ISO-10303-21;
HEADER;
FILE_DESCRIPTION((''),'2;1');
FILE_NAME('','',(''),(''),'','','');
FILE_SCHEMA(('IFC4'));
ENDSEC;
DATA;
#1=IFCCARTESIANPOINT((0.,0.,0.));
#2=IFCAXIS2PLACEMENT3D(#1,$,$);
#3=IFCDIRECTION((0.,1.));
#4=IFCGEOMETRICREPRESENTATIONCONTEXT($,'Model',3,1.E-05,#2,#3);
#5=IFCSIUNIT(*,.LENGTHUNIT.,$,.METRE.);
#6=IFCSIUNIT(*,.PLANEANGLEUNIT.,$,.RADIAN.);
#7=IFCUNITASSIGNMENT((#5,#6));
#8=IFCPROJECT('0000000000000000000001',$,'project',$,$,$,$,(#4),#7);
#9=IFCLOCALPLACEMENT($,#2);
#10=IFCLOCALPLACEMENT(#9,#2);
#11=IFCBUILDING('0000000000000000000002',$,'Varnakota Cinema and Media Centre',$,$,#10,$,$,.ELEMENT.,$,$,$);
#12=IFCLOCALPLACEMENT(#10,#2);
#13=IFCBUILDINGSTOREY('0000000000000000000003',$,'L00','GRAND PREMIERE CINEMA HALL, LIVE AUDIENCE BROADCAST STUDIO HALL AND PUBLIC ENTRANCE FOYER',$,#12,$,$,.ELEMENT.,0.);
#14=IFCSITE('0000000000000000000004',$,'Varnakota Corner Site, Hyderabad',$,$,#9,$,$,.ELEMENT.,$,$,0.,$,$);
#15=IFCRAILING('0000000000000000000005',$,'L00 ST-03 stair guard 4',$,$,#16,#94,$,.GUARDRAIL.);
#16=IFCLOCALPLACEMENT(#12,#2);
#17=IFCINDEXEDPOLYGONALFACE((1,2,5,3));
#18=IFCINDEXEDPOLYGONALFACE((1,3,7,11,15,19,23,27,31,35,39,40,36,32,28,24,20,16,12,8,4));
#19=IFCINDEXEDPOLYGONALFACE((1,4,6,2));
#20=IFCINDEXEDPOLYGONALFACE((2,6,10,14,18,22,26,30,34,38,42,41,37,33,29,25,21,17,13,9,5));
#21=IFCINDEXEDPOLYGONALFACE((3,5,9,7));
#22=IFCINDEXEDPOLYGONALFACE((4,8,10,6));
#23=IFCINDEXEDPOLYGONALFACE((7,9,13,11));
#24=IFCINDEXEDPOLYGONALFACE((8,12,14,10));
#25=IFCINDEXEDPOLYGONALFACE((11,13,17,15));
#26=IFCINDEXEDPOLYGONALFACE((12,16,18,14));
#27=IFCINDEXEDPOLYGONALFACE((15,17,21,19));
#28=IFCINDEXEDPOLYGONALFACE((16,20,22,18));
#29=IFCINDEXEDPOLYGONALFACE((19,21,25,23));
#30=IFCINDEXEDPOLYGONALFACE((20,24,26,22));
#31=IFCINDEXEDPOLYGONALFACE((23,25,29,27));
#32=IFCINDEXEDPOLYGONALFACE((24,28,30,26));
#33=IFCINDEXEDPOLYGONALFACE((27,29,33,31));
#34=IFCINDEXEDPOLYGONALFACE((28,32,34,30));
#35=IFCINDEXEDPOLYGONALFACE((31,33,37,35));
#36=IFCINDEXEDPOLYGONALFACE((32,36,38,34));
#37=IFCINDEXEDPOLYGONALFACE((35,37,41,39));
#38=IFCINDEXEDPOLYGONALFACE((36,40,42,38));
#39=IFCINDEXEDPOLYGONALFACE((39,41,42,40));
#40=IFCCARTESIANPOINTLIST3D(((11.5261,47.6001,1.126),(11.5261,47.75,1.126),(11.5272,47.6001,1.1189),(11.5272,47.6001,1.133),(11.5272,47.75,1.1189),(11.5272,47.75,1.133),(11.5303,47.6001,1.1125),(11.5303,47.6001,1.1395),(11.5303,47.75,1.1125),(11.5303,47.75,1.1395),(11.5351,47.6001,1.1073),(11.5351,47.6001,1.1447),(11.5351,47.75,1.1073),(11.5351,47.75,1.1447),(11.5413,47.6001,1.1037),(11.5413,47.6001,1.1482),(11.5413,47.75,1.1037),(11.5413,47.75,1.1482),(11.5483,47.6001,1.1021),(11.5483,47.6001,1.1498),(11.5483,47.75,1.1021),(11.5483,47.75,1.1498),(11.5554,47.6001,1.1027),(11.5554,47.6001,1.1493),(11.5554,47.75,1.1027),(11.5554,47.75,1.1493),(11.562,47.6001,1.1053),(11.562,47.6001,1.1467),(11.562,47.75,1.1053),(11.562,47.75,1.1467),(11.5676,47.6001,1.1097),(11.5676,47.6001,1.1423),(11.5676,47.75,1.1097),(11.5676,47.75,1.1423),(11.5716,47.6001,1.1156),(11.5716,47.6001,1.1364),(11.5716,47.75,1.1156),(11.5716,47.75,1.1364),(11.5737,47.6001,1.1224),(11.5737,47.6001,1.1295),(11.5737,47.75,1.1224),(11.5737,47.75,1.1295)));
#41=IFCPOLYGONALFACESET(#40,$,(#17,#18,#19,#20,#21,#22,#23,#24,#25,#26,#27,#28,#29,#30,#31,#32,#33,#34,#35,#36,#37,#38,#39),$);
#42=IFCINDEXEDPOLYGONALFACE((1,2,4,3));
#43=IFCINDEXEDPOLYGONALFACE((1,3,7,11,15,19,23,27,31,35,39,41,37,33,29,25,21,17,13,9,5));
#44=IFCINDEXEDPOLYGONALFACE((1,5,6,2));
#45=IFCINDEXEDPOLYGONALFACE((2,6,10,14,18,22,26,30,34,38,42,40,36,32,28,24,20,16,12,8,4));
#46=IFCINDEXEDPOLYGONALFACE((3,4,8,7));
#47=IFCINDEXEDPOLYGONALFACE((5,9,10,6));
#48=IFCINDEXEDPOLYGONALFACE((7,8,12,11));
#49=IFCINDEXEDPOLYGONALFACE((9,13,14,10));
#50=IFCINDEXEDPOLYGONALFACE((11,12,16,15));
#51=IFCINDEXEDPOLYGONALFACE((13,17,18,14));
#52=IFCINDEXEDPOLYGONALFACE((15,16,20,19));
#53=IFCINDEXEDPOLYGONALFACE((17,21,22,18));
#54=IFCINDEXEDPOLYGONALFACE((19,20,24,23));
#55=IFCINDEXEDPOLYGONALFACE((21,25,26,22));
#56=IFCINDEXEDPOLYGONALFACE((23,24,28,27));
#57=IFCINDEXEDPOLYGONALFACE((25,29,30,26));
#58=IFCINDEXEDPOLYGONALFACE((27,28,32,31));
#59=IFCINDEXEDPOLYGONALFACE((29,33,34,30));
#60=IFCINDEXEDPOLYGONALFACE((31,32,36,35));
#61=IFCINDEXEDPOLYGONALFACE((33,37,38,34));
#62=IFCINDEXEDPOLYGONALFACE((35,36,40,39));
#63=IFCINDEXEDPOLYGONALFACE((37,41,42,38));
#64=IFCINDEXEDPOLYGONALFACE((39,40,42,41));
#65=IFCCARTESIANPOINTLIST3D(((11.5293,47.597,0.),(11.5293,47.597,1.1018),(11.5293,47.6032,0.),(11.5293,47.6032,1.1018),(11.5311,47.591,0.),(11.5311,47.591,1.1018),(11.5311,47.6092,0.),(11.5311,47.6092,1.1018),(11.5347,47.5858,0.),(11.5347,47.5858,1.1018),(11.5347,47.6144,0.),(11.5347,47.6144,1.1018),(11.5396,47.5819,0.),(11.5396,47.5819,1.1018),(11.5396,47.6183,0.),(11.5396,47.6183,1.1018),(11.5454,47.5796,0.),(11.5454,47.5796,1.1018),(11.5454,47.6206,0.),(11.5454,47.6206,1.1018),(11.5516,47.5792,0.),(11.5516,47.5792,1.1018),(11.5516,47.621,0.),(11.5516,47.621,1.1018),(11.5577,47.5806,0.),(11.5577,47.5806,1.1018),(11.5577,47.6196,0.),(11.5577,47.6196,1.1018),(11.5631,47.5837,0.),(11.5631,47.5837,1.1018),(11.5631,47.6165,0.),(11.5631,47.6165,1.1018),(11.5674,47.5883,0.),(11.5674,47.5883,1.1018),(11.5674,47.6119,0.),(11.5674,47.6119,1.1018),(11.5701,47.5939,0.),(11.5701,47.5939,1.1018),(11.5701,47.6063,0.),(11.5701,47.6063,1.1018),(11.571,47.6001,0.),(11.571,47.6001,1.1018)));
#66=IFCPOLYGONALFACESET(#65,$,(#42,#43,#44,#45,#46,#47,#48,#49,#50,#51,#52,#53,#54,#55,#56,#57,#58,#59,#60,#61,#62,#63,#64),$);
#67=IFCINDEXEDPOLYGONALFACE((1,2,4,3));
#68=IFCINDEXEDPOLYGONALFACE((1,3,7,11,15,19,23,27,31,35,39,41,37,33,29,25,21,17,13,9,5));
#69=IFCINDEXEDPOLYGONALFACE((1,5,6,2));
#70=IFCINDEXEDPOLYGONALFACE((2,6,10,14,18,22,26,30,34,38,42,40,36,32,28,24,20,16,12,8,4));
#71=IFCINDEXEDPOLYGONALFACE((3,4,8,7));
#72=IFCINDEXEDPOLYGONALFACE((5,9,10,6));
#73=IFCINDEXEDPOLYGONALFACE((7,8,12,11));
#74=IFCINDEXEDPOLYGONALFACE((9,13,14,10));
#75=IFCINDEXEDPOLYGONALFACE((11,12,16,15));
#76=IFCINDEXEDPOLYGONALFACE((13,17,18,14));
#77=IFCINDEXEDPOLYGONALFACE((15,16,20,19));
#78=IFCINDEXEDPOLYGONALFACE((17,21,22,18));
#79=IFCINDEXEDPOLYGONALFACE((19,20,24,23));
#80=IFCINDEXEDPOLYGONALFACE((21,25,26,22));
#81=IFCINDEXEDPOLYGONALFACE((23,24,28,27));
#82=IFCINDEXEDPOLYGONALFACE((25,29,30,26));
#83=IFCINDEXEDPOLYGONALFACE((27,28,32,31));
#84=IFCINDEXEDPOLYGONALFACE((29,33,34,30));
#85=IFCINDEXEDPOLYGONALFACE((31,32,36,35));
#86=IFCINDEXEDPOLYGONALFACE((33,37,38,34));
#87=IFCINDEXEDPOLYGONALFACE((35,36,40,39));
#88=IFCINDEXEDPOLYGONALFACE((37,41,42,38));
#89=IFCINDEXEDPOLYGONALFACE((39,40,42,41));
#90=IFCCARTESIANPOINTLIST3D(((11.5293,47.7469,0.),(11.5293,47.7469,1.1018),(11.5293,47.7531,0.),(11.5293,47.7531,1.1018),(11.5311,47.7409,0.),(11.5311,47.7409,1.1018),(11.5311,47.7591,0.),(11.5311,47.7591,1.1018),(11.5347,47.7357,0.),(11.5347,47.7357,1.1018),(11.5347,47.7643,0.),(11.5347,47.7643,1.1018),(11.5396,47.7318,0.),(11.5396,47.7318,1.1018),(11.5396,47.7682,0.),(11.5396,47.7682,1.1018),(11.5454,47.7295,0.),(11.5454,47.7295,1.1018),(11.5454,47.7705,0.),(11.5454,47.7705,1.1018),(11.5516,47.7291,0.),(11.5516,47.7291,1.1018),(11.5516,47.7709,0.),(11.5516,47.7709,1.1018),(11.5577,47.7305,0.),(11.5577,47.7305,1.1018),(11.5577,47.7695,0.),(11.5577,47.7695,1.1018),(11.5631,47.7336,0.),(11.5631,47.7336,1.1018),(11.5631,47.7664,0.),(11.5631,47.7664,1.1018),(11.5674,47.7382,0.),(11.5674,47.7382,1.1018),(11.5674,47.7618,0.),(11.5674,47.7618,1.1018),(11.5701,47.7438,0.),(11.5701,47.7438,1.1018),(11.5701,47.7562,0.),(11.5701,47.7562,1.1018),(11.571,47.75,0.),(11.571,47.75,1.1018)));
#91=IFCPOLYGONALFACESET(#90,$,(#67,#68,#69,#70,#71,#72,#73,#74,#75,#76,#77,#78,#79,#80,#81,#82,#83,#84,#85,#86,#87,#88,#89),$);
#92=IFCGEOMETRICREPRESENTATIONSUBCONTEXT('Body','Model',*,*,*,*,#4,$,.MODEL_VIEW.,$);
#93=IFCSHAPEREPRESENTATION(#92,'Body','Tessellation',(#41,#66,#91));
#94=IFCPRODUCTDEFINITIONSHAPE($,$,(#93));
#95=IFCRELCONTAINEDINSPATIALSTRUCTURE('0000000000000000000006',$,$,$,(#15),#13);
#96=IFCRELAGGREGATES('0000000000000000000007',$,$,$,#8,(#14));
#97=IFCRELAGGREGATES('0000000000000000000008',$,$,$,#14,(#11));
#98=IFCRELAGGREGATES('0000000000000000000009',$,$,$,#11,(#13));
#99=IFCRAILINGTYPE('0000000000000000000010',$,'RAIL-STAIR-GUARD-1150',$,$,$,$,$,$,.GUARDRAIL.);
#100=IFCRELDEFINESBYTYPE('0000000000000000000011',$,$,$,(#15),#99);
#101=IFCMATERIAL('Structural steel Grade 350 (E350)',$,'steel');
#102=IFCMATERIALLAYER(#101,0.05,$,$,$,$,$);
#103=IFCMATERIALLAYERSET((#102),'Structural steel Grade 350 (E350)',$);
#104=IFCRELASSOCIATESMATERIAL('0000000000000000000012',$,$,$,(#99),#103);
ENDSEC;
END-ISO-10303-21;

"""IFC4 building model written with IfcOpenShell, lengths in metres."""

from ifc_helpers import new_model, si_unit, direction, frame, origin, origin_2d, place, context, subcontext, project, spatial, circle, extrude, material, layer, layer_set, type_object, element, save


model = new_model("IFC4")

# Units and contexts
model_context = context("Model", 3, precision=1e-05, world=origin(), true_north=direction((0.0, 1.0)))
body_context = subcontext(model_context, "Body", "Model", "MODEL_VIEW")
ifc_project = project(units=[si_unit("LENGTHUNIT", "METRE"), si_unit("PLANEANGLEUNIT", "RADIAN")], contexts=[model_context])

# Site, building, storey
site_placement = place(None, origin())
site = spatial("IfcSite", under=ifc_project, at=site_placement, Name="Varnakota Corner Site, Hyderabad", CompositionType="ELEMENT", RefElevation=0.0)
building_placement = place(site_placement, origin())
building = spatial("IfcBuilding", under=site, at=building_placement, Name="Varnakota Cinema and Media Centre", CompositionType="ELEMENT")
storey_placement = place(building_placement, origin())
storey = spatial("IfcBuildingStorey", under=building, at=storey_placement, Name="L00", Description="GRAND PREMIERE CINEMA HALL, LIVE AUDIENCE BROADCAST STUDIO HALL AND PUBLIC ENTRANCE FOYER", CompositionType="ELEMENT", Elevation=0.0)

# Railing
ifc_material_1 = material(Name="Structural steel Grade 350 (E350)", Category="steel")
ifc_layer_1 = layer(ifc_material_1, 0.05)
ifc_layer_set_1 = layer_set([ifc_layer_1], Name="Structural steel Grade 350 (E350)")
railing_type_1 = type_object("IfcRailingType", Name="RAIL-STAIR-GUARD-1150", PredefinedType="GUARDRAIL", material=ifc_layer_set_1)
railing_1_placement = place(storey_placement, frame((11.55, 47.6001, 0.0)))
element("IfcRailing", 1, at=railing_1_placement, inside=storey, type_object=railing_type_1, Name="L00 ST-03 stair guard 4", PredefinedType="GUARDRAIL", context=body_context, shape_type="SweptSolid", body=[
    extrude(circle(Radius=0.0239, at=origin_2d()), frame((0.0, 0.0, 1.126), z_axis=(0.0, 1.0, 0.0), x_axis=(-1.0, 0.0, 0.0)), (0.0, 0.0, 1.0), 0.1499),
    extrude(circle(Radius=0.021, at=origin_2d()), origin(), (0.0, 0.0, 1.0), 1.1018),
    extrude(circle(Radius=0.021, at=origin_2d()), frame((0.0, 0.1499, 0.0)), (0.0, 0.0, 1.0), 1.1018),
])

save(model, "model.ifc")
